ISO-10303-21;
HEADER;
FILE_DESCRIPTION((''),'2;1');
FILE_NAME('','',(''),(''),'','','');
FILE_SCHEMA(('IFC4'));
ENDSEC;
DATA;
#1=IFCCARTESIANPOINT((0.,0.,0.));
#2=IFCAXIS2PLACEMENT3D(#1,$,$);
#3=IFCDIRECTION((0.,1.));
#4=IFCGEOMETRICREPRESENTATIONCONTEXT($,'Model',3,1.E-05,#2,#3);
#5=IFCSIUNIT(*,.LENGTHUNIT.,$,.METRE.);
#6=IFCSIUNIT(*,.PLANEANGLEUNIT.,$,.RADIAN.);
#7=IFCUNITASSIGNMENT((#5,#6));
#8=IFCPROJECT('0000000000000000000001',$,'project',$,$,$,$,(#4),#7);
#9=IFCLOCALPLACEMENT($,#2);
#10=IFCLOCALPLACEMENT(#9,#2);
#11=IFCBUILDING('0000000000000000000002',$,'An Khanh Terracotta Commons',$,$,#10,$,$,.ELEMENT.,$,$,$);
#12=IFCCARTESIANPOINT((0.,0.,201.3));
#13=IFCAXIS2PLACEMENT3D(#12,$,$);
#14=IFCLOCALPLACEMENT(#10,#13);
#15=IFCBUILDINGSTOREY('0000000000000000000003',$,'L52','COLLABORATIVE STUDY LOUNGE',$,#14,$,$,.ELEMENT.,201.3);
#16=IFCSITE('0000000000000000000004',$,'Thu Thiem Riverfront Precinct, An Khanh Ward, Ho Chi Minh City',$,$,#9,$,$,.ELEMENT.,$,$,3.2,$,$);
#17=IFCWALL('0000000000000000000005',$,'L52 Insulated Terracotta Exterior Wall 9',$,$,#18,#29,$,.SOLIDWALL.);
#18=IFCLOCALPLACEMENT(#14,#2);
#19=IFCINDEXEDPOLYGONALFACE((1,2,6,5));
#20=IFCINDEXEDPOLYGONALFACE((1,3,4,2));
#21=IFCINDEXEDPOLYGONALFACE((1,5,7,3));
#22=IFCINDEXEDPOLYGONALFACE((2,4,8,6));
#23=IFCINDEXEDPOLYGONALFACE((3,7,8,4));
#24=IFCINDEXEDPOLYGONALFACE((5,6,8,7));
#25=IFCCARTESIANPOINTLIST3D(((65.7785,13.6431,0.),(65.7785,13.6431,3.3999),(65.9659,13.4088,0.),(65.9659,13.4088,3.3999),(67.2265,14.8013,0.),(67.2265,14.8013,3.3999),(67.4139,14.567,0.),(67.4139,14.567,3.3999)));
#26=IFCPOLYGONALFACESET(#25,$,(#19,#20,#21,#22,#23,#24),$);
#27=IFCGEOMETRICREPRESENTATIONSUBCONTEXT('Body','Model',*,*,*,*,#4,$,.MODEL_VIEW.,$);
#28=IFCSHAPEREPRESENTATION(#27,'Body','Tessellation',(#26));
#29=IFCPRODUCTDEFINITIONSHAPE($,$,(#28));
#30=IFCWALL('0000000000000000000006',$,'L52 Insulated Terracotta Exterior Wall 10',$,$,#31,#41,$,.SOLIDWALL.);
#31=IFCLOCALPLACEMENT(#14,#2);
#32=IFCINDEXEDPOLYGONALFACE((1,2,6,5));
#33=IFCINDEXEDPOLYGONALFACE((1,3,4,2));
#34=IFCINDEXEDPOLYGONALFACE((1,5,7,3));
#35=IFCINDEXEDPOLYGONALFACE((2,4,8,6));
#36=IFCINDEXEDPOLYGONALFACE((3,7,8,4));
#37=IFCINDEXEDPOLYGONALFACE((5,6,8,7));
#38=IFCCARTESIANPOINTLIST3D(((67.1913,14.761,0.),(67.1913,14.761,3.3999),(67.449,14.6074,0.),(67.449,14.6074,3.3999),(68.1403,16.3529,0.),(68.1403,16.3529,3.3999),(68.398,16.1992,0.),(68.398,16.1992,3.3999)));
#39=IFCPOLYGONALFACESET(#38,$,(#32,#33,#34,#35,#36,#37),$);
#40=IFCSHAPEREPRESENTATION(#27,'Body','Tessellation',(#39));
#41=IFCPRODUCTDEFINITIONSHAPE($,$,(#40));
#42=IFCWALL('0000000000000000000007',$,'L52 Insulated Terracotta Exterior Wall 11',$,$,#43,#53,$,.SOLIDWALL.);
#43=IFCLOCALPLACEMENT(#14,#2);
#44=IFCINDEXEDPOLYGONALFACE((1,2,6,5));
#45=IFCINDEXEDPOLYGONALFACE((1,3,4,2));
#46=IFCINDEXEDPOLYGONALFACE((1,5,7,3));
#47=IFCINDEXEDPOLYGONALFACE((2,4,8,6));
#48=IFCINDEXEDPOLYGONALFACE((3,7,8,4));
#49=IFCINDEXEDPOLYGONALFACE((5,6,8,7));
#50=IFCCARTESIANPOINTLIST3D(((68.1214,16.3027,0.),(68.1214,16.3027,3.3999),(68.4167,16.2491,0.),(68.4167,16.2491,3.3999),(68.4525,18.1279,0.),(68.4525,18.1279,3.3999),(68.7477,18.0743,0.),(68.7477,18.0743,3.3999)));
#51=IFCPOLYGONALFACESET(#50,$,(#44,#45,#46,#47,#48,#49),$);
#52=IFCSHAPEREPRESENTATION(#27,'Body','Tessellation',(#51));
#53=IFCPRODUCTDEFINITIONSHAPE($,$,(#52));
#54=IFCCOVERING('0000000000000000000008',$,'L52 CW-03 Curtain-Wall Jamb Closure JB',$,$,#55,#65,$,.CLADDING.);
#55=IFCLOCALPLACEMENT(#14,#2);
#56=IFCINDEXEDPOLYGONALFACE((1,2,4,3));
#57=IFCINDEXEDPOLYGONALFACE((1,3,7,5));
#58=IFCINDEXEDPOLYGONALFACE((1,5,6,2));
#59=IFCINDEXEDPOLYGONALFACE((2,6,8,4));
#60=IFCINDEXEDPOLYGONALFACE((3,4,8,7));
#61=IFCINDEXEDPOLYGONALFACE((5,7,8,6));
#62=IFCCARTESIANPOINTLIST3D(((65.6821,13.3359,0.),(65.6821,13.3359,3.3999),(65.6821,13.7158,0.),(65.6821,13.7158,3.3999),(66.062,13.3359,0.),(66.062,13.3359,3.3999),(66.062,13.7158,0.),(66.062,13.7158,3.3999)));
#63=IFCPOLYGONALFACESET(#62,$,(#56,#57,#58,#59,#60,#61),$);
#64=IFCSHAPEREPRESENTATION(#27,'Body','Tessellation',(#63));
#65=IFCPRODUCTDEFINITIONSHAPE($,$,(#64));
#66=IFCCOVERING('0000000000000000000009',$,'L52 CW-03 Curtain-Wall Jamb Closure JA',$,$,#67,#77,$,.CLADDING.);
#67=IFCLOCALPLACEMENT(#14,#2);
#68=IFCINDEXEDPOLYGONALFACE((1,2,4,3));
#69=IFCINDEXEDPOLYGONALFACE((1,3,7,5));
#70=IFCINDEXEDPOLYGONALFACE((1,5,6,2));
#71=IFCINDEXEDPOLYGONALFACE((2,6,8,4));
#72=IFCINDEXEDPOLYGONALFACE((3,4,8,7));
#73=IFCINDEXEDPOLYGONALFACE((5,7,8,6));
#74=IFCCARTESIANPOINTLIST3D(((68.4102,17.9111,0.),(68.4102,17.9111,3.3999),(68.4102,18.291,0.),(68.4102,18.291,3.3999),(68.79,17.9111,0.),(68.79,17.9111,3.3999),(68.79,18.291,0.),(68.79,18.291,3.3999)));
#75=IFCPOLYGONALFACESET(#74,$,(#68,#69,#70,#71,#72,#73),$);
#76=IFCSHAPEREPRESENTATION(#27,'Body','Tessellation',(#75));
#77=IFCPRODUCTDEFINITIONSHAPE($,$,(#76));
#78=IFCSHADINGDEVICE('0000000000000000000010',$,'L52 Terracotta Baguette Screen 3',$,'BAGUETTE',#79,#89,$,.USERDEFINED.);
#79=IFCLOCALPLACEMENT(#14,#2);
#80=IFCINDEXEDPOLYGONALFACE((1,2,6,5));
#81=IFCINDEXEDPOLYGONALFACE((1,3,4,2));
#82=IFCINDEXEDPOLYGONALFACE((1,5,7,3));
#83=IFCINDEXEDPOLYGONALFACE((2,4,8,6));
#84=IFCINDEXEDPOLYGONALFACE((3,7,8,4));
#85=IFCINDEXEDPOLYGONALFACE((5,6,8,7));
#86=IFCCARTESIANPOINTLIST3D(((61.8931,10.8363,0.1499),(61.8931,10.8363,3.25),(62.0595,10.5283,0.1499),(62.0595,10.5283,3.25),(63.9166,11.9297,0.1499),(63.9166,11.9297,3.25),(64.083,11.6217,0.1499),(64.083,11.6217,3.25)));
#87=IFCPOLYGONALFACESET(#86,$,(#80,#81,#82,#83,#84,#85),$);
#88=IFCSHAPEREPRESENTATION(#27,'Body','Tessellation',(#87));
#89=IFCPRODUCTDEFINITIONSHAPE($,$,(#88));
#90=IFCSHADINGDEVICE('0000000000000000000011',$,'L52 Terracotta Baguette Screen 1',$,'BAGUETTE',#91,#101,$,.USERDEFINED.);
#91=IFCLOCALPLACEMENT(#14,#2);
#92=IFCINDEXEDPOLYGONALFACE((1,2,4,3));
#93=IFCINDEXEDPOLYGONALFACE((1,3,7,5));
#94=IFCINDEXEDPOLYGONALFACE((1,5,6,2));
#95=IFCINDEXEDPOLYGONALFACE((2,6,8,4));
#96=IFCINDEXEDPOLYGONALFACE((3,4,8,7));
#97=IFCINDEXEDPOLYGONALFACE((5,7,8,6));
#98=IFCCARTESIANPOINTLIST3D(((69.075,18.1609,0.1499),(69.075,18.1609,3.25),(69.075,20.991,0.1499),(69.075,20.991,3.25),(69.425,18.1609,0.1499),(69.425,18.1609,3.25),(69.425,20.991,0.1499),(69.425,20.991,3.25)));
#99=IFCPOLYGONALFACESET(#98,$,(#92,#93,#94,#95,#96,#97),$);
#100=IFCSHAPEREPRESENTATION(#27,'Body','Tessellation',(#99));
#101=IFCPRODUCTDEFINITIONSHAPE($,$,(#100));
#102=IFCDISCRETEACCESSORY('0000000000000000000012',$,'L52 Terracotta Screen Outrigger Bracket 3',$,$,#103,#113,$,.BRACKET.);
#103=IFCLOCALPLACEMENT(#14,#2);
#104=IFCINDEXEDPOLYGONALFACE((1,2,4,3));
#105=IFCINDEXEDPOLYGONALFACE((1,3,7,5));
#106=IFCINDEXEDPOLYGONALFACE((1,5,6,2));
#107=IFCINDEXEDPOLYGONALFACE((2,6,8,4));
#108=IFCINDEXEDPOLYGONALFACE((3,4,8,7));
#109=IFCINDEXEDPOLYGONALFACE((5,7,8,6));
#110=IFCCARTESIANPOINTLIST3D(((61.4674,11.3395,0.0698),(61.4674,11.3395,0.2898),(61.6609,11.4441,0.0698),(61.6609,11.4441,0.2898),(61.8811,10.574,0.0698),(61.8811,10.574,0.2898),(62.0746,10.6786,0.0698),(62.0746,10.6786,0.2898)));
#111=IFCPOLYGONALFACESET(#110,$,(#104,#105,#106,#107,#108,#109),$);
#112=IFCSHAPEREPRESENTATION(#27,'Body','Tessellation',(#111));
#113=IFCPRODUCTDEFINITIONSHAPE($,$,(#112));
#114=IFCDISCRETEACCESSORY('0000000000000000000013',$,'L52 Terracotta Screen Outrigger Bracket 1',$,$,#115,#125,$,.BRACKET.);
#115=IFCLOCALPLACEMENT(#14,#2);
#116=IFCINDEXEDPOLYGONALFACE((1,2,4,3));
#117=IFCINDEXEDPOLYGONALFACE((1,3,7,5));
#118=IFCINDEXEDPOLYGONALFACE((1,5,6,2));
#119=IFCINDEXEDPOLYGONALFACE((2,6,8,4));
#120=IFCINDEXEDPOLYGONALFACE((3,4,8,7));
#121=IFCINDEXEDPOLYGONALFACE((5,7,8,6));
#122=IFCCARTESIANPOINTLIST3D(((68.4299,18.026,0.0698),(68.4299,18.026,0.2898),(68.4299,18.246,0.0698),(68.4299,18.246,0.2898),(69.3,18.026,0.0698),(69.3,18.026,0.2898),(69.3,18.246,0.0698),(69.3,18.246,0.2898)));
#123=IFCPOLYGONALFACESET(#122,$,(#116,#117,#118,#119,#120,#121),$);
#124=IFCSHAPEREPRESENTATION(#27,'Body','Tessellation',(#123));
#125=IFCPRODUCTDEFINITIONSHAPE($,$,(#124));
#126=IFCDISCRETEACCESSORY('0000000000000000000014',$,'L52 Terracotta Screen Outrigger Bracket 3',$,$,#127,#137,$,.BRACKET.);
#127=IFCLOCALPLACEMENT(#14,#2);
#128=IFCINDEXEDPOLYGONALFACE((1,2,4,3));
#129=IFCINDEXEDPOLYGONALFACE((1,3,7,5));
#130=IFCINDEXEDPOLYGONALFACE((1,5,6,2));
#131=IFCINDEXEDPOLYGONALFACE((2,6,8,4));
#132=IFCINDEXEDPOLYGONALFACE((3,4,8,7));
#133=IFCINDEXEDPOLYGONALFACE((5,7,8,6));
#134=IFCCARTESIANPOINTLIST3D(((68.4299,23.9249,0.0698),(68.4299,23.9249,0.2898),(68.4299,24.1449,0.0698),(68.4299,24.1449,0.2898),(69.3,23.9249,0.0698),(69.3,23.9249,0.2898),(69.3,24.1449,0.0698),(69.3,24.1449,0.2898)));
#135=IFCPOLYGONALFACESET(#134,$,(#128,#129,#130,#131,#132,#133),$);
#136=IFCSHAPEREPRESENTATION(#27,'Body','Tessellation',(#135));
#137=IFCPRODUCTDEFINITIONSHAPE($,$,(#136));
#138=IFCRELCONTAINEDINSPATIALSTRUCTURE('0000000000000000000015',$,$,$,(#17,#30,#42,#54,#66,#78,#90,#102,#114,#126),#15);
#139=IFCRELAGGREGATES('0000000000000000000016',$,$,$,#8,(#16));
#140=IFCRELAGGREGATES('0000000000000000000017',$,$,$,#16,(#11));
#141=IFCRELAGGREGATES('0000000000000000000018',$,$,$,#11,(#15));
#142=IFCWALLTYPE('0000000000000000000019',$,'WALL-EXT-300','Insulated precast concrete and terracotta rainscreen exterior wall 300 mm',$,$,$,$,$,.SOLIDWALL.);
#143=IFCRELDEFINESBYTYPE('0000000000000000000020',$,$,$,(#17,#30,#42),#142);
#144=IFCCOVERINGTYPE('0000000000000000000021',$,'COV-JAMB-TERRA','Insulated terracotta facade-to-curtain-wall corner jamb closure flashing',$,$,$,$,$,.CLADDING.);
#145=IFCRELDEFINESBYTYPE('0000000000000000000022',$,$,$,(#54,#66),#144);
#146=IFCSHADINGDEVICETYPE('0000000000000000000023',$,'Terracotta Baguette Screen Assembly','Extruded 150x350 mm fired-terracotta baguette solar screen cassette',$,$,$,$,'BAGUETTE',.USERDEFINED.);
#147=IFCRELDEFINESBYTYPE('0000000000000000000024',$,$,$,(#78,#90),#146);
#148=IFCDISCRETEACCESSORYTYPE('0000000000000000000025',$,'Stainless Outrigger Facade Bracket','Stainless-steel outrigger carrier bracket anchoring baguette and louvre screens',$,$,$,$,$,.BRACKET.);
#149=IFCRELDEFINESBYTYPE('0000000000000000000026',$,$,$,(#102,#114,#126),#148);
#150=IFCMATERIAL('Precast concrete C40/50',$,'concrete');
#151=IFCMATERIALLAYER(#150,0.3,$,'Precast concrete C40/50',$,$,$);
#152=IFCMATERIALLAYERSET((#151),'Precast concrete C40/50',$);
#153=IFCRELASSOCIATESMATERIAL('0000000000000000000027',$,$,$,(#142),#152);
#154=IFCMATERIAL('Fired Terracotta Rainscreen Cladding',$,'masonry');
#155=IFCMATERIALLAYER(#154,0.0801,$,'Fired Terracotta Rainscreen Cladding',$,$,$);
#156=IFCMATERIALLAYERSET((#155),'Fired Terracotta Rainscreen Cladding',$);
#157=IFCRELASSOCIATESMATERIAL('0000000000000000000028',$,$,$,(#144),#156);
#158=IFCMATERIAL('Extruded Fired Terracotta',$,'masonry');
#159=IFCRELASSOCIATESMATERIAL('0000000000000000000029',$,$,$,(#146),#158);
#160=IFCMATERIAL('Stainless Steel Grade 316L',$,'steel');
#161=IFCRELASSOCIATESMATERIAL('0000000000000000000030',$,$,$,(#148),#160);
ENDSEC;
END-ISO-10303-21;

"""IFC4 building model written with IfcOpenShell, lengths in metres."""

from ifc_helpers import new_model, si_unit, direction, frame, frame_2d, origin, origin_2d, place, context, subcontext, project, spatial, rectangle, extrude, material, layer, layer_set, type_object, element, save


model = new_model("IFC4")

# Units and contexts
model_context = context("Model", 3, precision=1e-05, world=origin(), true_north=direction((0.0, 1.0)))
body_context = subcontext(model_context, "Body", "Model", "MODEL_VIEW")
ifc_project = project(units=[si_unit("LENGTHUNIT", "METRE"), si_unit("PLANEANGLEUNIT", "RADIAN")], contexts=[model_context])

# Site, building, storey
site_placement = place(None, origin())
site = spatial("IfcSite", under=ifc_project, at=site_placement, Name="Thu Thiem Riverfront Precinct, An Khanh Ward, Ho Chi Minh City", CompositionType="ELEMENT", RefElevation=3.2)
building_placement = place(site_placement, origin())
building = spatial("IfcBuilding", under=site, at=building_placement, Name="An Khanh Terracotta Commons", CompositionType="ELEMENT")
storey_placement = place(building_placement, frame((0.0, 0.0, 201.3)))
storey = spatial("IfcBuildingStorey", under=building, at=storey_placement, Name="L52", Description="COLLABORATIVE STUDY LOUNGE", CompositionType="ELEMENT", Elevation=201.3)

# Walls
ifc_material_1 = material(Name="Precast concrete C40/50", Category="concrete")
ifc_layer_1 = layer(ifc_material_1, 0.3, Name="Precast concrete C40/50")
ifc_layer_set_1 = layer_set([ifc_layer_1], Name="Precast concrete C40/50")
wall_type = type_object("IfcWallType", Name="WALL-EXT-300", Description="Insulated precast concrete and terracotta rainscreen exterior wall 300 mm", PredefinedType="SOLIDWALL", material=ifc_layer_set_1)
wall_1_placement = place(storey_placement, frame((65.8721, 13.5259, 0.0), z_axis=(0.0, 0.0, 1.0), x_axis=(0.78092, 0.624631, 0.0)))
element("IfcWall", 1, at=wall_1_placement, inside=storey, type_object=wall_type, Name="L52 Insulated Terracotta Exterior Wall 9", PredefinedType="SOLIDWALL", context=body_context, shape_type="SweptSolid", body=[
    extrude(rectangle(XDim=1.8542, YDim=0.3, at=frame_2d((0.9272, 0.0))), origin(), (0.0, 0.0, 1.0), 3.3999),
])
wall_2_placement = place(storey_placement, frame((67.3201, 14.6841, 0.0), z_axis=(0.0, 0.0, 1.0), x_axis=(0.512072, 0.858943, 0.0)))
element("IfcWall", 2, at=wall_2_placement, inside=storey, type_object=wall_type, Name="L52 Insulated Terracotta Exterior Wall 10", PredefinedType="SOLIDWALL", context=body_context, shape_type="SweptSolid", body=[
    extrude(rectangle(XDim=1.8533, YDim=0.3, at=frame_2d((0.9268, 0.0))), origin(), (0.0, 0.0, 1.0), 3.3999),
])
wall_3_placement = place(storey_placement, frame((68.269, 16.2759, 0.0), z_axis=(0.0, 0.0, 1.0), x_axis=(0.178468, 0.983946, 0.0)))
element("IfcWall", 3, at=wall_3_placement, inside=storey, type_object=wall_type, Name="L52 Insulated Terracotta Exterior Wall 11", PredefinedType="SOLIDWALL", context=body_context, shape_type="SweptSolid", body=[
    extrude(rectangle(XDim=1.855, YDim=0.3, at=frame_2d((0.9275, 0.0))), origin(), (0.0, 0.0, 1.0), 3.3999),
])

# Coverings
ifc_material_2 = material(Name="Fired Terracotta Rainscreen Cladding", Category="masonry")
ifc_layer_2 = layer(ifc_material_2, 0.0801, Name="Fired Terracotta Rainscreen Cladding")
ifc_layer_set_2 = layer_set([ifc_layer_2], Name="Fired Terracotta Rainscreen Cladding")
covering_type = type_object("IfcCoveringType", Name="COV-JAMB-TERRA", Description="Insulated terracotta facade-to-curtain-wall corner jamb closure flashing", PredefinedType="CLADDING", material=ifc_layer_set_2)
for number, where, z_axis, x_axis, name in (
    (4, (65.8721, 13.5259, 0.0), (0.0, 0.0, 1.0), (1.0, 0.0, 0.0), "L52 CW-03 Curtain-Wall Jamb Closure JB"),
    (5, (68.6001, 18.1011, 0.0), (0.0, 0.0, 1.0), (1.0, 0.0, 0.0), "L52 CW-03 Curtain-Wall Jamb Closure JA"),
):
    element("IfcCovering", number, at=place(storey_placement, frame(where, z_axis=z_axis, x_axis=x_axis)), inside=storey, type_object=covering_type, Name=name, PredefinedType="CLADDING", context=body_context, shape_type="SweptSolid", body=[
        extrude(rectangle(XDim=0.3799, YDim=0.3799, at=origin_2d()), origin(), (0.0, 0.0, 1.0), 3.3999),
    ])

# Shading devices
ifc_material_3 = material(Name="Extruded Fired Terracotta", Category="masonry")
shading_device_type = type_object("IfcShadingDeviceType", Name="Terracotta Baguette Screen Assembly", Description="Extruded 150x350 mm fired-terracotta baguette solar screen cassette", ElementType="BAGUETTE", PredefinedType="USERDEFINED", material=ifc_material_3)
shading_device_1_placement = place(storey_placement, frame((62.988, 11.229, 0.1499), z_axis=(0.0, 0.0, 1.0), x_axis=(0.87978, 0.475381, 0.0)))
element("IfcShadingDevice", 6, at=shading_device_1_placement, inside=storey, type_object=shading_device_type, Name="L52 Terracotta Baguette Screen 3", ObjectType="BAGUETTE", PredefinedType="USERDEFINED", context=body_context, shape_type="SweptSolid", body=[
    extrude(rectangle(XDim=2.3, YDim=0.3501, at=origin_2d()), origin(), (0.0, 0.0, 1.0), 3.1001),
])
shading_device_2_placement = place(storey_placement, frame((69.25, 19.5759, 0.1499), z_axis=(0.0, 0.0, 1.0), x_axis=(0.0, 1.0, 0.0)))
element("IfcShadingDevice", 7, at=shading_device_2_placement, inside=storey, type_object=shading_device_type, Name="L52 Terracotta Baguette Screen 1", ObjectType="BAGUETTE", PredefinedType="USERDEFINED", context=body_context, shape_type="SweptSolid", body=[
    extrude(rectangle(XDim=2.8301, YDim=0.3501, at=origin_2d()), origin(), (0.0, 0.0, 1.0), 3.1001),
])

# Discrete accessories
ifc_material_4 = material(Name="Stainless Steel Grade 316L", Category="steel")
discrete_accessory_type = type_object("IfcDiscreteAccessoryType", Name="Stainless Outrigger Facade Bracket", Description="Stainless-steel outrigger carrier bracket anchoring baguette and louvre screens", PredefinedType="BRACKET", material=ifc_material_4)
for number, where, z_axis, x_axis, name in (
    (8, (61.771, 11.009, 0.0698), (0.0, 0.0, 1.0), (0.87978, 0.475381, 0.0), "L52 Terracotta Screen Outrigger Bracket 3"),
    (9, (68.865, 18.136, 0.0698), (0.0, 0.0, 1.0), (0.0, 1.0, 0.0), "L52 Terracotta Screen Outrigger Bracket 1"),
    (10, (68.865, 24.0349, 0.0698), (0.0, 0.0, 1.0), (0.0, 1.0, 0.0), "L52 Terracotta Screen Outrigger Bracket 3"),
):
    element("IfcDiscreteAccessory", number, at=place(storey_placement, frame(where, z_axis=z_axis, x_axis=x_axis)), inside=storey, type_object=discrete_accessory_type, Name=name, PredefinedType="BRACKET", context=body_context, shape_type="SweptSolid", body=[
        extrude(rectangle(XDim=0.22, YDim=0.8701, at=origin_2d()), origin(), (0.0, 0.0, 1.0), 0.22),
    ])

save(model, "model.ifc")
